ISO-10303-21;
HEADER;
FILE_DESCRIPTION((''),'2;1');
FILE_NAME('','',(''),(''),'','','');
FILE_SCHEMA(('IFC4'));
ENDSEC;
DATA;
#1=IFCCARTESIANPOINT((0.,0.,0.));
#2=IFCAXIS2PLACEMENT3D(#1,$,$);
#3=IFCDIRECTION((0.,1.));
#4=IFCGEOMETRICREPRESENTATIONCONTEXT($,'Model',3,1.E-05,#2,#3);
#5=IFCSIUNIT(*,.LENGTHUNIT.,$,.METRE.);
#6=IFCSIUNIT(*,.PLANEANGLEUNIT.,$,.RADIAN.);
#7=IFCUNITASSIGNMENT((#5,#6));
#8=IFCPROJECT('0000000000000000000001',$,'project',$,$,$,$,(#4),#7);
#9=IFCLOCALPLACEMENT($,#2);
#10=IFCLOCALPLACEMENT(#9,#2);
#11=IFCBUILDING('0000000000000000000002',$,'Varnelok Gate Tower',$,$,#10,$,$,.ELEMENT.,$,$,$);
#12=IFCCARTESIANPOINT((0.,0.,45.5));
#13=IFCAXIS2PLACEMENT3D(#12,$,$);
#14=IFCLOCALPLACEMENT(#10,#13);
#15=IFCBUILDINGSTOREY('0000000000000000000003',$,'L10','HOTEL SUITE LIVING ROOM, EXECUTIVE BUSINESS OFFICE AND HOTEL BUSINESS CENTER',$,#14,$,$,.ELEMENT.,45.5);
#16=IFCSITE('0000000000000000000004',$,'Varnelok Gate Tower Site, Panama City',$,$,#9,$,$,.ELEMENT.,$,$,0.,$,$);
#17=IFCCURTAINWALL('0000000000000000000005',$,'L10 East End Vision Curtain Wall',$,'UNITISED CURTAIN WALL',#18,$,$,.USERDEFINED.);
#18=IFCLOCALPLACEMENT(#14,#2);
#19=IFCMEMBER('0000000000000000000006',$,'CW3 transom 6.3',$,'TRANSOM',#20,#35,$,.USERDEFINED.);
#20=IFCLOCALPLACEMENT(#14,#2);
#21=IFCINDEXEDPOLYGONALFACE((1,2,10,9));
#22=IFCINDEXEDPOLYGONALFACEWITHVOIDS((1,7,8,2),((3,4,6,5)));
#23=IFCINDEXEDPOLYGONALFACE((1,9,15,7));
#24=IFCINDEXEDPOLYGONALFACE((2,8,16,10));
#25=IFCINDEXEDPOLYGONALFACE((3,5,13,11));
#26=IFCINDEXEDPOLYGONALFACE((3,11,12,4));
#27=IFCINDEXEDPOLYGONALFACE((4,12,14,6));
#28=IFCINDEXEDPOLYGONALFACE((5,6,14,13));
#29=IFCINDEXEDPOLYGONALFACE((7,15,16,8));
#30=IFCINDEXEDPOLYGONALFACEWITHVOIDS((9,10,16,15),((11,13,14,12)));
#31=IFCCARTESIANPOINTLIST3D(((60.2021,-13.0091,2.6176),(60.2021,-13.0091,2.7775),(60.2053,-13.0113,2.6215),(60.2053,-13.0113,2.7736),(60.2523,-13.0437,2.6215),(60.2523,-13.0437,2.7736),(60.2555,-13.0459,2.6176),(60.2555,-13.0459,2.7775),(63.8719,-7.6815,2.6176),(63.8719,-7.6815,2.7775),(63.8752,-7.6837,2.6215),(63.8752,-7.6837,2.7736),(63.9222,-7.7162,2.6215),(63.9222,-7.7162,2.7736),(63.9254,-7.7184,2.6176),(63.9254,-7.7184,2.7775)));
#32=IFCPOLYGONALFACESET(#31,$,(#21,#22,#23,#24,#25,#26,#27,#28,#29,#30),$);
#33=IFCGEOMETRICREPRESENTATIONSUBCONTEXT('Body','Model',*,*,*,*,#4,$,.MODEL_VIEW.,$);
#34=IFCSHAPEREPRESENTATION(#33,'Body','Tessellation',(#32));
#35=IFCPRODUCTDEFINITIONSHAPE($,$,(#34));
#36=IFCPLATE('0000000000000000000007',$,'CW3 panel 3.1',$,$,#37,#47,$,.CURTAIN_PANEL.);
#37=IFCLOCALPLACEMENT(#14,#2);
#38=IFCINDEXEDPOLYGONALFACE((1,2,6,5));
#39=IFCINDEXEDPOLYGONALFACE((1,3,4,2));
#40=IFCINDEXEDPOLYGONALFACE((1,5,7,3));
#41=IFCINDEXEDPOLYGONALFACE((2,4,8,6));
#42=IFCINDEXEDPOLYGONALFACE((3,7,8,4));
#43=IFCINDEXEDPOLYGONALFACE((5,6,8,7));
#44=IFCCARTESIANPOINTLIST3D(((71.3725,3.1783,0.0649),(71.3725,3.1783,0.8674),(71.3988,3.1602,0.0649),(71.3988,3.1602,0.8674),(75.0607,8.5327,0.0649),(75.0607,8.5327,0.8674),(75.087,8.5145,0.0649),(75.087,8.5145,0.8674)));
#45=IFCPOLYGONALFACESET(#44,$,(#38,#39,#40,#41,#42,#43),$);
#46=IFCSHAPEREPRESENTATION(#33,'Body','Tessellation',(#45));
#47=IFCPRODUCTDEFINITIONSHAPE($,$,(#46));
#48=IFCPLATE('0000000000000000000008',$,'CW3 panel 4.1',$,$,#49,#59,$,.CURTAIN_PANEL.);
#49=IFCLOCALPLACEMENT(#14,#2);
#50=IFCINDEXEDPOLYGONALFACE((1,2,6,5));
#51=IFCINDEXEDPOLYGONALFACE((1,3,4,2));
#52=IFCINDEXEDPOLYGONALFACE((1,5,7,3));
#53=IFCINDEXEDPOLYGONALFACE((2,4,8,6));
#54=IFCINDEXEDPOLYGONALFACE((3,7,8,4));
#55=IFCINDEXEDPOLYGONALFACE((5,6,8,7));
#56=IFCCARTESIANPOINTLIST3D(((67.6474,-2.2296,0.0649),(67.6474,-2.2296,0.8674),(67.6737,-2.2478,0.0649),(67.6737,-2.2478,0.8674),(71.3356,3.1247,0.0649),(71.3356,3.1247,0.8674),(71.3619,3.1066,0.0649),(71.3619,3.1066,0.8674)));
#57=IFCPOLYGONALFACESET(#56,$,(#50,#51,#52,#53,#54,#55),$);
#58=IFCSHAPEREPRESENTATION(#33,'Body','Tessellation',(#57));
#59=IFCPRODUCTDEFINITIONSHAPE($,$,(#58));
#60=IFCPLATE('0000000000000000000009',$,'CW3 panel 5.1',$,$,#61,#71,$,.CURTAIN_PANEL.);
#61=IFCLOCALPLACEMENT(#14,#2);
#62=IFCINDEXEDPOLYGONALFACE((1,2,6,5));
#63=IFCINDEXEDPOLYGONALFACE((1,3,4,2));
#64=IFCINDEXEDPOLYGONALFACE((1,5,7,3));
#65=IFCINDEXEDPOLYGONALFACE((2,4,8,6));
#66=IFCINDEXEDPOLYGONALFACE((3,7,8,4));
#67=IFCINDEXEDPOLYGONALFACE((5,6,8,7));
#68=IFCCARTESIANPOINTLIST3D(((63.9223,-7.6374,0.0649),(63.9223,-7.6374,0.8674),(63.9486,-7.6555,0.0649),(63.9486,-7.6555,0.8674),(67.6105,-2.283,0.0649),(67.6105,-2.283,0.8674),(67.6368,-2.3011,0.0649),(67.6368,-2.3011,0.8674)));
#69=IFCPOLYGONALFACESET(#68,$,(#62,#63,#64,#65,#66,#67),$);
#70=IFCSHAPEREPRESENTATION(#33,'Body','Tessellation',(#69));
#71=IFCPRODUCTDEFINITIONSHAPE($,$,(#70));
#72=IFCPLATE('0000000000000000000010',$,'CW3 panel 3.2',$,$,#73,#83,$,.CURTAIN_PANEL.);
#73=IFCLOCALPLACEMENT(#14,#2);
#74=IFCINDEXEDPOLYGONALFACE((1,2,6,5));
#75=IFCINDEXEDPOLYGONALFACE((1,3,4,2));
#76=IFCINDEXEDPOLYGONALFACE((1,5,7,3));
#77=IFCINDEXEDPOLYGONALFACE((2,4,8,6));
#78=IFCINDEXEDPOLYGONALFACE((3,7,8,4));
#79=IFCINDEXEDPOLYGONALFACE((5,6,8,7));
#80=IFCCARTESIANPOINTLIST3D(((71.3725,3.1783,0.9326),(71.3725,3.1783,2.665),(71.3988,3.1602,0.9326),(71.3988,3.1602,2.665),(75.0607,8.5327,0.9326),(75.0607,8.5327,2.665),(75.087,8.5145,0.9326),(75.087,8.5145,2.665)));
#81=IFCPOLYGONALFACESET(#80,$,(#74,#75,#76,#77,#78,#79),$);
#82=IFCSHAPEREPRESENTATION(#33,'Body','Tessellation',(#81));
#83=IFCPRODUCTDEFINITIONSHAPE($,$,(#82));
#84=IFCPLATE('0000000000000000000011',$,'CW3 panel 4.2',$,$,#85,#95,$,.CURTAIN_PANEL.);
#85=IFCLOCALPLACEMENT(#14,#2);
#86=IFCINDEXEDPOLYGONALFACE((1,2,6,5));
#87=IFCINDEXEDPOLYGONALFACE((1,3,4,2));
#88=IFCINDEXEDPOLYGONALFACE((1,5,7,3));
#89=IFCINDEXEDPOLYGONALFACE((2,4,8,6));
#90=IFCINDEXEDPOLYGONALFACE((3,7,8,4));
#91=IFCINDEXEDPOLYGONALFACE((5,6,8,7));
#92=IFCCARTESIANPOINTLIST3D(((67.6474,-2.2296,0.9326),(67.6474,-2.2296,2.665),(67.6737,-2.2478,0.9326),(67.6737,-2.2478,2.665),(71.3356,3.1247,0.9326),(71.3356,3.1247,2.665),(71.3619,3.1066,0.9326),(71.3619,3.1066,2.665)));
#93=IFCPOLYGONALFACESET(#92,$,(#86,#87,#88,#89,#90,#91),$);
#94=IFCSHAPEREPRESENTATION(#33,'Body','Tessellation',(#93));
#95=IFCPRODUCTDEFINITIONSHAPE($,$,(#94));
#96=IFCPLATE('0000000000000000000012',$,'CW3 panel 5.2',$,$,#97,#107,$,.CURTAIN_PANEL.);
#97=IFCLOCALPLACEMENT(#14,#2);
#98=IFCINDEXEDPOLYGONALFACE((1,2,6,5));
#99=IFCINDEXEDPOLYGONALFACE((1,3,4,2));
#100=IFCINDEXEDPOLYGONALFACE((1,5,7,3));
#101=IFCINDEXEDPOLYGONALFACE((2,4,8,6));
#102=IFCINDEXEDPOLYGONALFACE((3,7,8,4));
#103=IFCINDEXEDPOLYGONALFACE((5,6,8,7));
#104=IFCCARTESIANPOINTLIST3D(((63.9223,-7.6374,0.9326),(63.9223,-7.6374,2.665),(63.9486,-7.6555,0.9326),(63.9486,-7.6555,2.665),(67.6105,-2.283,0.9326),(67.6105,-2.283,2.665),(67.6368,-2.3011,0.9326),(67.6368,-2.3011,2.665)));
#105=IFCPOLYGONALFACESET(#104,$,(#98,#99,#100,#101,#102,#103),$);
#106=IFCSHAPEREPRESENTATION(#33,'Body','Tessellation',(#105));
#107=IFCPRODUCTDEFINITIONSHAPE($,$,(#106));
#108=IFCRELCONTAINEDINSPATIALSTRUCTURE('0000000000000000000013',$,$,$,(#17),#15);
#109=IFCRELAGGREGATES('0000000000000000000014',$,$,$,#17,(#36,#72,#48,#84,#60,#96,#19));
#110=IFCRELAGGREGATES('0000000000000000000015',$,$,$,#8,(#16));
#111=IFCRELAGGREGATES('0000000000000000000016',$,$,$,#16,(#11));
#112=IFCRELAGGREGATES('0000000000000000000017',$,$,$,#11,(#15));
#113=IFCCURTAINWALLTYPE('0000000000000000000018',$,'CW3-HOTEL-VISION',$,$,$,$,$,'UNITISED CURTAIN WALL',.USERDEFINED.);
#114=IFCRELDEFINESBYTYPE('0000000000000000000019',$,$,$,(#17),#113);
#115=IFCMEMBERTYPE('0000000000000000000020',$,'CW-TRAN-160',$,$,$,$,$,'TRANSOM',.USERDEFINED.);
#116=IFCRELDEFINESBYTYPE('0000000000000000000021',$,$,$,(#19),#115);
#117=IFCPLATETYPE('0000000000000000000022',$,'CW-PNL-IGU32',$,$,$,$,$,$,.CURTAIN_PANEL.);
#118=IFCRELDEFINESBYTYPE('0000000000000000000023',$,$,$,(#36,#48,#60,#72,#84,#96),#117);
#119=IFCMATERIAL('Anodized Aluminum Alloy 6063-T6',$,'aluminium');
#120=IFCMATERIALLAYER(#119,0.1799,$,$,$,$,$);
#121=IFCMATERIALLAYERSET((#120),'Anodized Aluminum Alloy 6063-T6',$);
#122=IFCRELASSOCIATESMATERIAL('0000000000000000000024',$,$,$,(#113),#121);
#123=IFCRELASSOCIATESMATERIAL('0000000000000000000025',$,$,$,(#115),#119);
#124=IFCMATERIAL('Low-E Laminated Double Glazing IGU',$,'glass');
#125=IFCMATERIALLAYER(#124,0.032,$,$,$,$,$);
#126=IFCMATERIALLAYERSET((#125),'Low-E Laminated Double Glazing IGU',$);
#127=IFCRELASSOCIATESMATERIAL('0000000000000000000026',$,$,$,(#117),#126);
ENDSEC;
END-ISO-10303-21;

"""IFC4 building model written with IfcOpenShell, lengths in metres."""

from ifc_helpers import new_model, si_unit, direction, frame, origin, origin_2d, place, context, subcontext, project, spatial, rectangle, hollow_rectangle, extrude, source, transform, mapped, material, layer, layer_set, material_profile, profile_set, type_object, element, aggregate, save


model = new_model("IFC4")

# Units and contexts
model_context = context("Model", 3, precision=1e-05, world=origin(), true_north=direction((0.0, 1.0)))
body_context = subcontext(model_context, "Body", "Model", "MODEL_VIEW")
ifc_project = project(units=[si_unit("LENGTHUNIT", "METRE"), si_unit("PLANEANGLEUNIT", "RADIAN")], contexts=[model_context])

# Site, building, storey
site_placement = place(None, origin())
site = spatial("IfcSite", under=ifc_project, at=site_placement, Name="Varnelok Gate Tower Site, Panama City", CompositionType="ELEMENT", RefElevation=0.0)
building_placement = place(site_placement, origin())
building = spatial("IfcBuilding", under=site, at=building_placement, Name="Varnelok Gate Tower", CompositionType="ELEMENT")
storey_placement = place(building_placement, frame((0.0, 0.0, 45.5)))
storey = spatial("IfcBuildingStorey", under=building, at=storey_placement, Name="L10", Description="HOTEL SUITE LIVING ROOM, EXECUTIVE BUSINESS OFFICE AND HOTEL BUSINESS CENTER", CompositionType="ELEMENT", Elevation=45.5)

# Curtain wall, member, plates
ifc_material_1 = material(Name="Anodized Aluminum Alloy 6063-T6", Category="aluminium")
ifc_layer_1 = layer(ifc_material_1, 0.1799)
ifc_layer_set_1 = layer_set([ifc_layer_1], Name="Anodized Aluminum Alloy 6063-T6")
curtain_wall_type = type_object("IfcCurtainWallType", Name="CW3-HOTEL-VISION", ElementType="UNITISED CURTAIN WALL", PredefinedType="USERDEFINED", material=ifc_layer_set_1)
curtain_wall_placement = place(storey_placement, origin())
curtain_wall = element("IfcCurtainWall", 1, at=curtain_wall_placement, inside=storey, type_object=curtain_wall_type, Name="L10 East End Vision Curtain Wall", ObjectType="UNITISED CURTAIN WALL", PredefinedType="USERDEFINED")
ifc_material_profile_1 = material_profile(ifc_material_1, hollow_rectangle(XDim=0.0649, YDim=0.1599, WallThickness=0.0039, at=origin_2d()), Name="ALU160X65X4")
ifc_profile_set_1 = profile_set([ifc_material_profile_1], Name="Anodized Aluminum Alloy 6063-T6")
member_type_1 = type_object("IfcMemberType", Name="CW-TRAN-160", ElementType="TRANSOM", PredefinedType="USERDEFINED", material=ifc_profile_set_1)
member_1_placement = place(storey_placement, frame((63.8987, -7.7, 2.6975), z_axis=(-0.567281, -0.823524, 0.0), x_axis=(0.823524, -0.567281, 0.0)))
member_1 = element("IfcMember", 2, at=member_1_placement, type_object=member_type_1, Name="CW3 transom 6.3", ObjectType="TRANSOM", PredefinedType="USERDEFINED", context=body_context, shape_type="SweptSolid", body=[
    extrude(hollow_rectangle(XDim=0.0649, YDim=0.1599, WallThickness=0.0039, at=origin_2d()), origin(), (0.0, 0.0, 1.0), 6.4692),
])
ifc_material_2 = material(Name="Low-E Laminated Double Glazing IGU", Category="glass")
ifc_layer_2 = layer(ifc_material_2, 0.032)
ifc_layer_set_2 = layer_set([ifc_layer_2], Name="Low-E Laminated Double Glazing IGU")
plate_type = type_object("IfcPlateType", Name="CW-PNL-IGU32", PredefinedType="CURTAIN_PANEL", material=ifc_layer_set_2)
shared_shape_1 = source(origin(), body_context, "Body", "SweptSolid", [
    extrude(rectangle(XDim=6.5017, YDim=0.032, at=origin_2d()), origin(), (0.0, 0.0, 1.0), 0.8025),
])
plate_1_placement = place(storey_placement, frame((73.2297, 5.8464, 0.0649), z_axis=(0.0, 0.0, 1.0), x_axis=(-0.567269, -0.823533, 0.0)))
plate_1 = element("IfcPlate", 3, at=plate_1_placement, type_object=plate_type, Name="CW3 panel 3.1", PredefinedType="CURTAIN_PANEL", context=body_context, shape_type="MappedRepresentation", body=[
    mapped(shared_shape_1, transform((0.0, 0.0, 0.0), scale=1.0)),
])
plate_2_placement = place(storey_placement, frame((69.5046, 0.4385, 0.0649), z_axis=(0.0, 0.0, 1.0), x_axis=(-0.567269, -0.823533, 0.0)))
plate_2 = element("IfcPlate", 4, at=plate_2_placement, type_object=plate_type, Name="CW3 panel 4.1", PredefinedType="CURTAIN_PANEL", context=body_context, shape_type="MappedRepresentation", body=[
    mapped(shared_shape_1, transform((0.0, 0.0, 0.0), scale=1.0)),
])
plate_3_placement = place(storey_placement, frame((65.7795, -4.9692, 0.0649), z_axis=(0.0, 0.0, 1.0), x_axis=(-0.567269, -0.823533, 0.0)))
plate_3 = element("IfcPlate", 5, at=plate_3_placement, type_object=plate_type, Name="CW3 panel 5.1", PredefinedType="CURTAIN_PANEL", context=body_context, shape_type="MappedRepresentation", body=[
    mapped(shared_shape_1, transform((0.0, 0.0, 0.0), scale=1.0)),
])
shared_shape_2 = source(origin(), body_context, "Body", "SweptSolid", [
    extrude(rectangle(XDim=6.5017, YDim=0.032, at=origin_2d()), origin(), (0.0, 0.0, 1.0), 1.7324),
])
plate_4_placement = place(storey_placement, frame((73.2297, 5.8464, 0.9326), z_axis=(0.0, 0.0, 1.0), x_axis=(-0.567269, -0.823533, 0.0)))
plate_4 = element("IfcPlate", 6, at=plate_4_placement, type_object=plate_type, Name="CW3 panel 3.2", PredefinedType="CURTAIN_PANEL", context=body_context, shape_type="MappedRepresentation", body=[
    mapped(shared_shape_2, transform((0.0, 0.0, 0.0), scale=1.0)),
])
plate_5_placement = place(storey_placement, frame((69.5046, 0.4385, 0.9326), z_axis=(0.0, 0.0, 1.0), x_axis=(-0.567269, -0.823533, 0.0)))
plate_5 = element("IfcPlate", 7, at=plate_5_placement, type_object=plate_type, Name="CW3 panel 4.2", PredefinedType="CURTAIN_PANEL", context=body_context, shape_type="MappedRepresentation", body=[
    mapped(shared_shape_2, transform((0.0, 0.0, 0.0), scale=1.0)),
])
plate_6_placement = place(storey_placement, frame((65.7795, -4.9692, 0.9326), z_axis=(0.0, 0.0, 1.0), x_axis=(-0.567269, -0.823533, 0.0)))
plate_6 = element("IfcPlate", 8, at=plate_6_placement, type_object=plate_type, Name="CW3 panel 5.2", PredefinedType="CURTAIN_PANEL", context=body_context, shape_type="MappedRepresentation", body=[
    mapped(shared_shape_2, transform((0.0, 0.0, 0.0), scale=1.0)),
])
aggregate(curtain_wall, [plate_1, plate_4, plate_2, plate_5, plate_3, plate_6, member_1])

save(model, "model.ifc")
